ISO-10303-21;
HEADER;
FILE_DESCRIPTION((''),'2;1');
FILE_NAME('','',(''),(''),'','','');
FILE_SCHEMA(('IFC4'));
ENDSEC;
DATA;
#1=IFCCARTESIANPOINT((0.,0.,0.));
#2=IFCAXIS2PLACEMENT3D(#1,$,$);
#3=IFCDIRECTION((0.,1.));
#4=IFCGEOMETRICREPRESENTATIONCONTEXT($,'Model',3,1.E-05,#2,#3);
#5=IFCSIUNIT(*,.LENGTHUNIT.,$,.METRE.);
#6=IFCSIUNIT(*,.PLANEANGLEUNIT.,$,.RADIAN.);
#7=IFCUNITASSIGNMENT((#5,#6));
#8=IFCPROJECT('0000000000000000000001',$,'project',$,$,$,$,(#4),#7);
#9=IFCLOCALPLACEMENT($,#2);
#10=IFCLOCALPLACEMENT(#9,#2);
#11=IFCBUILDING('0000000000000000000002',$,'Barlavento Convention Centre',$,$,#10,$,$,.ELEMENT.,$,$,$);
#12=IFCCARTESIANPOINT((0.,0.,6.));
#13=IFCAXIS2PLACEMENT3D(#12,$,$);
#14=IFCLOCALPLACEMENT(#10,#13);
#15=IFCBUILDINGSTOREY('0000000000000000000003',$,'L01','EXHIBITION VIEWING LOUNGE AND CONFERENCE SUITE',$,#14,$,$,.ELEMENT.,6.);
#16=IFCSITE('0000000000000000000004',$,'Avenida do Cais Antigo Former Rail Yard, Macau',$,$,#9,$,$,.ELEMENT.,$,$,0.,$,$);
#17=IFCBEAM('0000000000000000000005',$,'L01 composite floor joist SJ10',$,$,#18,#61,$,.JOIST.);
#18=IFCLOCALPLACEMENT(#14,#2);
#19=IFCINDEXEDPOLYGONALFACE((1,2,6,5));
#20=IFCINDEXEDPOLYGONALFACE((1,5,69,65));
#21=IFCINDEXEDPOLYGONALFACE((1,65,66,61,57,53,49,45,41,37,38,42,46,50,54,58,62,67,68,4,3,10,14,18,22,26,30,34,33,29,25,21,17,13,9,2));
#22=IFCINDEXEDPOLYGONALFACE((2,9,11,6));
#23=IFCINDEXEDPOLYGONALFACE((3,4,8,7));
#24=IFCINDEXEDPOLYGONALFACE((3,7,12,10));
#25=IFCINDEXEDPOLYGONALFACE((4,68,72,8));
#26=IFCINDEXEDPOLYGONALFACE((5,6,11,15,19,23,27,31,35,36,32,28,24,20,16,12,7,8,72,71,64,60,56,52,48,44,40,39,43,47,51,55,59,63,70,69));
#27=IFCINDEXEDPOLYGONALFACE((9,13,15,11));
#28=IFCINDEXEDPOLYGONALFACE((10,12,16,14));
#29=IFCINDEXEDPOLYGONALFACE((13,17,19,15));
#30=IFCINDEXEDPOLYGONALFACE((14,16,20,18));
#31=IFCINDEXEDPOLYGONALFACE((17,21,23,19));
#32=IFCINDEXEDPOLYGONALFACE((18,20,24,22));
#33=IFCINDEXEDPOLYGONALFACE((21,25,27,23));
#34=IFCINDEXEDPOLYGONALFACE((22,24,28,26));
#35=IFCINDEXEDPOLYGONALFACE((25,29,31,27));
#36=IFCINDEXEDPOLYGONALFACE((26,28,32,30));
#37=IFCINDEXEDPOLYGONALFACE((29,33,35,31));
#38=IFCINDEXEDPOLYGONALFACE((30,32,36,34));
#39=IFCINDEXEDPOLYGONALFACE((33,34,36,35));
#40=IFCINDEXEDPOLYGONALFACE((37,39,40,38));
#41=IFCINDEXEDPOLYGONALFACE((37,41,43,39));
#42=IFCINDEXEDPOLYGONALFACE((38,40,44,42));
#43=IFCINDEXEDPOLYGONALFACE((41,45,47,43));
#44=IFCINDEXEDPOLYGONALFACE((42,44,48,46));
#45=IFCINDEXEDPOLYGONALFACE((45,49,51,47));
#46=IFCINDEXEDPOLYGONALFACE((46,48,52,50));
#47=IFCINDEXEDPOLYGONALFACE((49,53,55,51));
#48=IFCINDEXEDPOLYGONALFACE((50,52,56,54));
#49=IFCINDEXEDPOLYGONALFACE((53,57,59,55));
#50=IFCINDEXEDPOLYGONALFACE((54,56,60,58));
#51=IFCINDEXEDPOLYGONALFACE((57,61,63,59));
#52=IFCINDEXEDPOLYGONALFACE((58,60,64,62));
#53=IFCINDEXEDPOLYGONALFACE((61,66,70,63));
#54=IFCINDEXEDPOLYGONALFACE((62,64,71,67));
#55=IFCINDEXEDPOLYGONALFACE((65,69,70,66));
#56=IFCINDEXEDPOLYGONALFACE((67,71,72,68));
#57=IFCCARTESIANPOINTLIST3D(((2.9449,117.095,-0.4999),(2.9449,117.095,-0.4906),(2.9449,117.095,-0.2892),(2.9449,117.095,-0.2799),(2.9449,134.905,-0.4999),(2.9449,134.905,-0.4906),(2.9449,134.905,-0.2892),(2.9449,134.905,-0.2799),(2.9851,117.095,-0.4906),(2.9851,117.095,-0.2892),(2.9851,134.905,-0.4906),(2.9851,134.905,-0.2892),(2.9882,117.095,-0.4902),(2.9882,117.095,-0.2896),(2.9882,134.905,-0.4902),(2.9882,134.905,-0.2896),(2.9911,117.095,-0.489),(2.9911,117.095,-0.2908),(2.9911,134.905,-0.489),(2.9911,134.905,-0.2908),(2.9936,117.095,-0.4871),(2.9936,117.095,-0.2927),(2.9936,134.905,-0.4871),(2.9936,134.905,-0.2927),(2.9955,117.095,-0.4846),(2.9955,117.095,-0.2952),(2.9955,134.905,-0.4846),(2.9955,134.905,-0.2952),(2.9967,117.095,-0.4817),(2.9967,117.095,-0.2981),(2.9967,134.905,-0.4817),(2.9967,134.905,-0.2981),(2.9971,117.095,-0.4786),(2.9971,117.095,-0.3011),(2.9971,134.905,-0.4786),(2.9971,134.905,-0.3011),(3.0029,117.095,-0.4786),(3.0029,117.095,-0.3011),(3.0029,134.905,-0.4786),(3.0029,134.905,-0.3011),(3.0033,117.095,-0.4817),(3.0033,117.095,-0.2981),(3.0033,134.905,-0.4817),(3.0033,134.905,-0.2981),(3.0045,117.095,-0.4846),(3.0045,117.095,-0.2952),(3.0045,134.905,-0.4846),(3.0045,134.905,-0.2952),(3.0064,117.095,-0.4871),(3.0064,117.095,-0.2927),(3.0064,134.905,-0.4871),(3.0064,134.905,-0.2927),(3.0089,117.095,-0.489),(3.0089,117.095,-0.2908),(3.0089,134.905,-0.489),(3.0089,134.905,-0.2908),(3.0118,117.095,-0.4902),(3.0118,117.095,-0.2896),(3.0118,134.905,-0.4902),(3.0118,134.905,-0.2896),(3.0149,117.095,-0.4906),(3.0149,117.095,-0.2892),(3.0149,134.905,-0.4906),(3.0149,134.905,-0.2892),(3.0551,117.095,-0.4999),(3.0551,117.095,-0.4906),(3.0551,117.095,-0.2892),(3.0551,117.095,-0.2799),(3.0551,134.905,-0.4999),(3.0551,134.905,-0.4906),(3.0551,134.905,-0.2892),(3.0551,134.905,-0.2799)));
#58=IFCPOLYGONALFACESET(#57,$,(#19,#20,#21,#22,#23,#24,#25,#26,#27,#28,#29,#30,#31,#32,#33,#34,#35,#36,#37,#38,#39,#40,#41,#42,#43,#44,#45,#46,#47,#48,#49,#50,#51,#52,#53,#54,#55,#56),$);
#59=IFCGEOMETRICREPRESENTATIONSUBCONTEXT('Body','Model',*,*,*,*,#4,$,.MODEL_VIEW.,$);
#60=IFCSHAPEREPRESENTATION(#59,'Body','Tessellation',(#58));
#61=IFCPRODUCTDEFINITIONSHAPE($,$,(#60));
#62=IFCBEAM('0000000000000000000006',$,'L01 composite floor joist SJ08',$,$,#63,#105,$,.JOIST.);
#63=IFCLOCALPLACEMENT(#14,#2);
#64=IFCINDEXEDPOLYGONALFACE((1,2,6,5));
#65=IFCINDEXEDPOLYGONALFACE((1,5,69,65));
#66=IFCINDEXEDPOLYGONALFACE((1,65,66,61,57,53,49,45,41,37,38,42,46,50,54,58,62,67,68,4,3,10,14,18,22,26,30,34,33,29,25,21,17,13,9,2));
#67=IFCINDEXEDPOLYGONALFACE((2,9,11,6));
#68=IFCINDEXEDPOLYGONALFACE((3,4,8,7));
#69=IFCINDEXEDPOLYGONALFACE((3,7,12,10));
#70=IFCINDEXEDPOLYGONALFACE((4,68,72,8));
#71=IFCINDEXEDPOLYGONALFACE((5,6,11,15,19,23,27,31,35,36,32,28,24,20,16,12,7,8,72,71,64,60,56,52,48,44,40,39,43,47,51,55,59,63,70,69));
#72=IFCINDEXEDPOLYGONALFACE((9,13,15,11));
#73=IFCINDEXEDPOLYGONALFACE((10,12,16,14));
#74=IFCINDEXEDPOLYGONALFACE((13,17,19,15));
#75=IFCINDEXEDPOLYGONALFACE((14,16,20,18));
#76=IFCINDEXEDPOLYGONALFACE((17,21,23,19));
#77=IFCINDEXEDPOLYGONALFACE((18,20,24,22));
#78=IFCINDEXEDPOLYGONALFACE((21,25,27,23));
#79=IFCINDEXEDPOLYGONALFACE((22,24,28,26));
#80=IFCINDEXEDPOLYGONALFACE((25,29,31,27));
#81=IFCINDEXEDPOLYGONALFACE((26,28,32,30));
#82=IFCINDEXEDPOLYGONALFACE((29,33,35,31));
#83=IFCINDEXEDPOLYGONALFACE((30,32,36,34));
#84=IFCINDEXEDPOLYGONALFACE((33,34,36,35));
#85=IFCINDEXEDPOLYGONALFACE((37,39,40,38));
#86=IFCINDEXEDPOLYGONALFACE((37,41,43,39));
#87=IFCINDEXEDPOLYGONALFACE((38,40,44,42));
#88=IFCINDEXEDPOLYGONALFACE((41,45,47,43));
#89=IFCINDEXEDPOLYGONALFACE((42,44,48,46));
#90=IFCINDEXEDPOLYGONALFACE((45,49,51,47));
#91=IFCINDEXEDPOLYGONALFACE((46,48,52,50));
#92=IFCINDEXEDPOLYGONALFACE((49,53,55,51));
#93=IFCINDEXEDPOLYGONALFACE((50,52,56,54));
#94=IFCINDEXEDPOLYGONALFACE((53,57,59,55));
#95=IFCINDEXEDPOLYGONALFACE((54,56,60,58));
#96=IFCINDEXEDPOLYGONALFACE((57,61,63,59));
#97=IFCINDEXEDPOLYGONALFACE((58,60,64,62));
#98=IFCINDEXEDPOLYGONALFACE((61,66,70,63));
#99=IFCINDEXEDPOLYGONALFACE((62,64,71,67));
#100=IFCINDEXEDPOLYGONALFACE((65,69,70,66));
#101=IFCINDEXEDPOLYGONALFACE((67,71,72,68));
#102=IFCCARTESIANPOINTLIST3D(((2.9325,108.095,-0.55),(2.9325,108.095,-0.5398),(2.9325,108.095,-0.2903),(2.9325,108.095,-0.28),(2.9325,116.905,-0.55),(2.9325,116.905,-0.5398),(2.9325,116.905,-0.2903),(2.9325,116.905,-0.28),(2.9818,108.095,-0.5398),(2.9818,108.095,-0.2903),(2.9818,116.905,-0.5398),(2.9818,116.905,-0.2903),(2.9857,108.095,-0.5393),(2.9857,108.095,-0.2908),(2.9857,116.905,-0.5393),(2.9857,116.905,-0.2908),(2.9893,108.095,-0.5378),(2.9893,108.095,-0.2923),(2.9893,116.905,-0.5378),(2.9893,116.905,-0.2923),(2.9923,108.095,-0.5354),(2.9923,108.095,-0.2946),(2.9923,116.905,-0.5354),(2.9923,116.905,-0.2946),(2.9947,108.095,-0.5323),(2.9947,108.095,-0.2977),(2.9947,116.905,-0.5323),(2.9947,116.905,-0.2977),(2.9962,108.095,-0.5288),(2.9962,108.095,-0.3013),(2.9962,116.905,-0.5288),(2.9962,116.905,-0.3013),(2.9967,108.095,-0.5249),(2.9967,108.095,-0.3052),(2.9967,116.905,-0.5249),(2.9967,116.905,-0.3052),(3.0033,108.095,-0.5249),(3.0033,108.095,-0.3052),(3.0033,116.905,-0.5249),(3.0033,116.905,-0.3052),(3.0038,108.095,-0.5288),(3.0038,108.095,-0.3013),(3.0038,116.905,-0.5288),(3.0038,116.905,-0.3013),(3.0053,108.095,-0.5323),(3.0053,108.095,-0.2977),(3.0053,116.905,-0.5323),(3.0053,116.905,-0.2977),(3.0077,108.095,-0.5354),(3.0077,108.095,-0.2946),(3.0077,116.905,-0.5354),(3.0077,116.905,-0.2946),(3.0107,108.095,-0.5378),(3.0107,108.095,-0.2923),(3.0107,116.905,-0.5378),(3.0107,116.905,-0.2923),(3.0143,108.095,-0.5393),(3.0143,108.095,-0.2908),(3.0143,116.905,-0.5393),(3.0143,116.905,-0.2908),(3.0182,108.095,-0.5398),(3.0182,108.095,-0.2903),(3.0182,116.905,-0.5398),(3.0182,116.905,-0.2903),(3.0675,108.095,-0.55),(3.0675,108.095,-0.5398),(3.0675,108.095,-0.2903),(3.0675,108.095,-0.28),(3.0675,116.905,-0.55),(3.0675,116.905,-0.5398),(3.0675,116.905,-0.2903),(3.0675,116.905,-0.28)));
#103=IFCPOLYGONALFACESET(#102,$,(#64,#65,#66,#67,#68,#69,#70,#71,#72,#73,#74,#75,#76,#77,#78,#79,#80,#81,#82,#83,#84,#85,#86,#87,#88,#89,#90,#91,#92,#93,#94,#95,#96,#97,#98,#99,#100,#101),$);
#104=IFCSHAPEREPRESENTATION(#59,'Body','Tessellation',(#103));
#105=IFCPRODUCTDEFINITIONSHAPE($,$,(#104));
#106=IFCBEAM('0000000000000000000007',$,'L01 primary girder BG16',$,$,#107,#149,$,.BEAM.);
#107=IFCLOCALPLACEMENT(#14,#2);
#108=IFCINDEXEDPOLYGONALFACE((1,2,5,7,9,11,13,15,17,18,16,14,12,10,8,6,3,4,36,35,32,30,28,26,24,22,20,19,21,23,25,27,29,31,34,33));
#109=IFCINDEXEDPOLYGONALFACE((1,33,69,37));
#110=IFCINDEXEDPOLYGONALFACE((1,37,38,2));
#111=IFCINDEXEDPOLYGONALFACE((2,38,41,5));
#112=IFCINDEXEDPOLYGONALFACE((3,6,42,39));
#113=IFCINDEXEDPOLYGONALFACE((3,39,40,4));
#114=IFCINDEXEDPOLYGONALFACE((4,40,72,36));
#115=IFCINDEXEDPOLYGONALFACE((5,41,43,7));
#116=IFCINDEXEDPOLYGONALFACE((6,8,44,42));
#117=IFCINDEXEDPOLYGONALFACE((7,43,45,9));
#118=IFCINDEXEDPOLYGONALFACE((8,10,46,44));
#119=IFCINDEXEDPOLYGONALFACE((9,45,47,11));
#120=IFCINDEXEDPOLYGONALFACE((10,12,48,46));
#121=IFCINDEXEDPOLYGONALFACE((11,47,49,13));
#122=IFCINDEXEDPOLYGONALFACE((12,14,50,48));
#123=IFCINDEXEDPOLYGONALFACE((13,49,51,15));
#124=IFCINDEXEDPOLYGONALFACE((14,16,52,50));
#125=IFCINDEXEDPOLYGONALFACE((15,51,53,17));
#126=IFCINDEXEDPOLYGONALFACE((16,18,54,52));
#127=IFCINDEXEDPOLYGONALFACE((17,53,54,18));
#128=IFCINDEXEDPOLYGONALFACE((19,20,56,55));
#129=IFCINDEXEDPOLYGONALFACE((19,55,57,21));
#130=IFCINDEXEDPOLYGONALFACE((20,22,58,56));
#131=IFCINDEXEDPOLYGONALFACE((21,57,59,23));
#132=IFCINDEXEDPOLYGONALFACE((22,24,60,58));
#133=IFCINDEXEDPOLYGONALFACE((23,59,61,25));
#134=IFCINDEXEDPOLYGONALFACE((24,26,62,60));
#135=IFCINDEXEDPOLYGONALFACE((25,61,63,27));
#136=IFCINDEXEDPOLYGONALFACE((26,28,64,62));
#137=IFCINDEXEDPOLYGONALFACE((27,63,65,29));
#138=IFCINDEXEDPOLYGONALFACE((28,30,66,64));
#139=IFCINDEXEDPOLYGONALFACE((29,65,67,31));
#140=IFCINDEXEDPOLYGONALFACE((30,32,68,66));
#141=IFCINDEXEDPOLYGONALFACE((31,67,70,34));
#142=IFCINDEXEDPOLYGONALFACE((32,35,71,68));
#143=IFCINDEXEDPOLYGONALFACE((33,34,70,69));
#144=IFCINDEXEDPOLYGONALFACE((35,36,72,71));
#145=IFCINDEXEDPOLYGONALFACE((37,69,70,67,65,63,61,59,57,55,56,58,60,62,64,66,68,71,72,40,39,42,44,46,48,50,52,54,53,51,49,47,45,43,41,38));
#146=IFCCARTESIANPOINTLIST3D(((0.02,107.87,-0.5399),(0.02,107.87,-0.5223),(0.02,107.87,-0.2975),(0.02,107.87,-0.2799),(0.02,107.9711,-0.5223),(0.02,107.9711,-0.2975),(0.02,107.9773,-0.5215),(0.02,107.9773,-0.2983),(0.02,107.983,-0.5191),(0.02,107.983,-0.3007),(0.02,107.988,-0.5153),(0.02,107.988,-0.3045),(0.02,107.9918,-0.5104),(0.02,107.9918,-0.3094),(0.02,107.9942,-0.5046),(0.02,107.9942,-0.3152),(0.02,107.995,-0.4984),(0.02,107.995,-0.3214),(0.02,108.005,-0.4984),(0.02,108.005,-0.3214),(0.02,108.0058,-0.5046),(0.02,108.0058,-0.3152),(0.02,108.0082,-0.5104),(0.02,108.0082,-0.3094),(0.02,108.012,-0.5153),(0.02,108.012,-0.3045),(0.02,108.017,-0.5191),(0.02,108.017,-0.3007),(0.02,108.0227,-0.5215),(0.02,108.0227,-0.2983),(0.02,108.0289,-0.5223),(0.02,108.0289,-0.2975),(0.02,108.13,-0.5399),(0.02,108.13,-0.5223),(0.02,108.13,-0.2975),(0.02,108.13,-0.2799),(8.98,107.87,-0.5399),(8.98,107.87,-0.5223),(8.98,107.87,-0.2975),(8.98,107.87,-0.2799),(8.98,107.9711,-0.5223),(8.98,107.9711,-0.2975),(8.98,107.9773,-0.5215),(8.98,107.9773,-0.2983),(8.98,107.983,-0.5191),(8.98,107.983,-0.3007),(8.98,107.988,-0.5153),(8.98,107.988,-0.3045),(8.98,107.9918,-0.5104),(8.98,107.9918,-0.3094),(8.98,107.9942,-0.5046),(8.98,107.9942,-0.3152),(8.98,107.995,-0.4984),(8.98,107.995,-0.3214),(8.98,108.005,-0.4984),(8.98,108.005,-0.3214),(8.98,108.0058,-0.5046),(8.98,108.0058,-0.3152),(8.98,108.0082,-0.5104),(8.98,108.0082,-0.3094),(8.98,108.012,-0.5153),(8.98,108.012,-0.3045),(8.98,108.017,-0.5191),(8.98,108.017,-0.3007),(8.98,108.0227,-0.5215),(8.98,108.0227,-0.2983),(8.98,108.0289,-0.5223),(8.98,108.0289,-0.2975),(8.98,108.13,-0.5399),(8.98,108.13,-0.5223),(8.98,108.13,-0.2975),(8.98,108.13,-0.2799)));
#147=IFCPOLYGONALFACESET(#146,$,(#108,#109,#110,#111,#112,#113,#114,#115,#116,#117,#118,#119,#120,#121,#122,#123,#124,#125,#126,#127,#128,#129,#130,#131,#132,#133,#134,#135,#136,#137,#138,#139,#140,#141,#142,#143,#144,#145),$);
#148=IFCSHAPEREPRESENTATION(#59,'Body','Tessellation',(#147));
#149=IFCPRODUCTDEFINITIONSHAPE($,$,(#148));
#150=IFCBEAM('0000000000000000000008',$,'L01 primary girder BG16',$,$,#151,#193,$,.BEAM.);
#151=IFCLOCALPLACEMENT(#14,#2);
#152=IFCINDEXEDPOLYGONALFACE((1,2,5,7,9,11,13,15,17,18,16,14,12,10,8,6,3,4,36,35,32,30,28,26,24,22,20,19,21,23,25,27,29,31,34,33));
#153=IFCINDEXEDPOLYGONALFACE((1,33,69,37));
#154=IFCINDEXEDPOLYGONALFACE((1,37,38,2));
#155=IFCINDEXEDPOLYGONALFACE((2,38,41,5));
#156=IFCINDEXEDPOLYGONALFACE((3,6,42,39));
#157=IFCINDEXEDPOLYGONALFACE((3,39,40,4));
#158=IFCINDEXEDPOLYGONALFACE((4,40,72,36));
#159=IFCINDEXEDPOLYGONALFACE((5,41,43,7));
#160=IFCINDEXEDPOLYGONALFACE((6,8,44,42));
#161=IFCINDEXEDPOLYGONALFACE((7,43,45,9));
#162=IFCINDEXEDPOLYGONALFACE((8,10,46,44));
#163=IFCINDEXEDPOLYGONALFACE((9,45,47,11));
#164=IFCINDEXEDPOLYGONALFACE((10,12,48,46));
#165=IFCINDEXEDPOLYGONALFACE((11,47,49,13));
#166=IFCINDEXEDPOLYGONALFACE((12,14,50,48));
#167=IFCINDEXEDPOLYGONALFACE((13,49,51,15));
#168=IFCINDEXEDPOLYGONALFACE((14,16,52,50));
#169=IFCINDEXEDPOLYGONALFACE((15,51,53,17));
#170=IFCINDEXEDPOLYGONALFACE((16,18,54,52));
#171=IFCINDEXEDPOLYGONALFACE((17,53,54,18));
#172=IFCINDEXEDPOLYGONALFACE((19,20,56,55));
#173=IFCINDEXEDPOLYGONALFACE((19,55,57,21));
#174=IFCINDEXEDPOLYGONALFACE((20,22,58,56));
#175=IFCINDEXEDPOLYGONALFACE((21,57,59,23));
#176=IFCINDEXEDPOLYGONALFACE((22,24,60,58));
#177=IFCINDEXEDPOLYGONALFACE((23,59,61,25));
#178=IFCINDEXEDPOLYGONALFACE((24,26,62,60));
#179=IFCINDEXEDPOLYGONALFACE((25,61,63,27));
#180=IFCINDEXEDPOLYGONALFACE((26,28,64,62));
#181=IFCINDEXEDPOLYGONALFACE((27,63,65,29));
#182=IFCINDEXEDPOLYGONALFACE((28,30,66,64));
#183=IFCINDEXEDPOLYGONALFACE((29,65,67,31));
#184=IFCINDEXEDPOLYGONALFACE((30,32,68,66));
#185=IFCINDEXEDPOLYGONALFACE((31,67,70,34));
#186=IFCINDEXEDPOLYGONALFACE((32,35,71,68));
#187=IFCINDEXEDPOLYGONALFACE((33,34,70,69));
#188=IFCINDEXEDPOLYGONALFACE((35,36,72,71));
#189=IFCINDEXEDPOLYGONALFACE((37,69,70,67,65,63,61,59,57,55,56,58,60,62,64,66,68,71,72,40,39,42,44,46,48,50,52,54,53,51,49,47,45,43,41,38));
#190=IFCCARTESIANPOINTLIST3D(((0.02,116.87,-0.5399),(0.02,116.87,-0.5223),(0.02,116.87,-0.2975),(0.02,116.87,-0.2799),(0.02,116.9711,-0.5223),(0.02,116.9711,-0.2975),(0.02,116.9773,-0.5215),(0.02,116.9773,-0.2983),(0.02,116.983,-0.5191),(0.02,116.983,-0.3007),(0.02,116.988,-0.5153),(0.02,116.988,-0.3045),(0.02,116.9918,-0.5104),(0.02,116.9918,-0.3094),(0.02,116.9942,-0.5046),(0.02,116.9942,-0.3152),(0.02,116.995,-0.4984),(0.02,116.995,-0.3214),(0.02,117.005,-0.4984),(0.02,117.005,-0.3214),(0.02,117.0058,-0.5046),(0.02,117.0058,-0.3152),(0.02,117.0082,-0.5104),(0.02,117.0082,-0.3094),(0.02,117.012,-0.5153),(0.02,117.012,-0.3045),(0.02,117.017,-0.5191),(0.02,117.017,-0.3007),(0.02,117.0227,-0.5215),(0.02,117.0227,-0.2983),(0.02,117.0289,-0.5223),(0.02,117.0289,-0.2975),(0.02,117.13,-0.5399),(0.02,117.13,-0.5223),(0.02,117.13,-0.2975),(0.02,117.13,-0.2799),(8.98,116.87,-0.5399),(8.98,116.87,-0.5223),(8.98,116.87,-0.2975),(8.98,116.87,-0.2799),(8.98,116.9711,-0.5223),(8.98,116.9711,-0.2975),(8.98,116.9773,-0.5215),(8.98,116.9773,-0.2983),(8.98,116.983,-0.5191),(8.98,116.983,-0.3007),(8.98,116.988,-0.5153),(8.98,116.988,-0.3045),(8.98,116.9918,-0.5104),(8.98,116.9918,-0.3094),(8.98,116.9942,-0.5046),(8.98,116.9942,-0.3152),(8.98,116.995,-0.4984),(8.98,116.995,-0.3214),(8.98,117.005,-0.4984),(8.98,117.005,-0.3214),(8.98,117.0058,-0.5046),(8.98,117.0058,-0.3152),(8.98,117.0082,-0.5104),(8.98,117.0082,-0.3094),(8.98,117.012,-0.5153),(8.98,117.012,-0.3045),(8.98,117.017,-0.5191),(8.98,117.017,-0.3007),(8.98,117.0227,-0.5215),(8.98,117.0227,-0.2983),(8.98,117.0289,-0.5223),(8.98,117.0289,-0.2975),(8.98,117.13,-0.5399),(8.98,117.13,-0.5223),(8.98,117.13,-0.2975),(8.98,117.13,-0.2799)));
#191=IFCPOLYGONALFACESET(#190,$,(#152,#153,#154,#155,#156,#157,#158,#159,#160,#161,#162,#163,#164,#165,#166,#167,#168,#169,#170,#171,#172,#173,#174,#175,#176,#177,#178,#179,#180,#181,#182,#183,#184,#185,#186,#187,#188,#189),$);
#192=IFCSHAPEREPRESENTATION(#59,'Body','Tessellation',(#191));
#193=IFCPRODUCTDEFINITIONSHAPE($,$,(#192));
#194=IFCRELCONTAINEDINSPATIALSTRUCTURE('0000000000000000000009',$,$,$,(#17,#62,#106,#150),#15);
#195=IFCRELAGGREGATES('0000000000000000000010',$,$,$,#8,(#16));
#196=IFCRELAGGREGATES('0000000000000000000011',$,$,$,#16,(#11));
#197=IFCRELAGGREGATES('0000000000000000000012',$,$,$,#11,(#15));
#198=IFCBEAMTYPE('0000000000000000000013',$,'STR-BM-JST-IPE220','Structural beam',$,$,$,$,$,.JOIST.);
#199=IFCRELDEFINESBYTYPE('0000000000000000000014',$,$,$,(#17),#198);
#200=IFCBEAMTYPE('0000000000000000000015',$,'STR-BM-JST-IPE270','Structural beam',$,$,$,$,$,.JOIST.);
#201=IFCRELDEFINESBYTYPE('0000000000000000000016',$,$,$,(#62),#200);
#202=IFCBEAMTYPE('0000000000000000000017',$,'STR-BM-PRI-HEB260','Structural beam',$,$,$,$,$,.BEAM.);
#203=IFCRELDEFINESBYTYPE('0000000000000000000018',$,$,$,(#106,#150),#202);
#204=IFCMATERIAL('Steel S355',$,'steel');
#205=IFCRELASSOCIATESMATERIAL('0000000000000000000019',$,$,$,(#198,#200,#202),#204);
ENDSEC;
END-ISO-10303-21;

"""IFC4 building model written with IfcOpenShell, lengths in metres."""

from ifc_helpers import new_model, si_unit, direction, frame, origin, origin_2d, place, context, subcontext, project, spatial, i_section, extrude, material, material_profile, profile_set, type_object, element, save


model = new_model("IFC4")

# Units and contexts
model_context = context("Model", 3, precision=1e-05, world=origin(), true_north=direction((0.0, 1.0)))
body_context = subcontext(model_context, "Body", "Model", "MODEL_VIEW")
ifc_project = project(units=[si_unit("LENGTHUNIT", "METRE"), si_unit("PLANEANGLEUNIT", "RADIAN")], contexts=[model_context])

# Site, building, storey
site_placement = place(None, origin())
site = spatial("IfcSite", under=ifc_project, at=site_placement, Name="Avenida do Cais Antigo Former Rail Yard, Macau", CompositionType="ELEMENT", RefElevation=0.0)
building_placement = place(site_placement, origin())
building = spatial("IfcBuilding", under=site, at=building_placement, Name="Barlavento Convention Centre", CompositionType="ELEMENT")
storey_placement = place(building_placement, frame((0.0, 0.0, 6.0)))
storey = spatial("IfcBuildingStorey", under=building, at=storey_placement, Name="L01", Description="EXHIBITION VIEWING LOUNGE AND CONFERENCE SUITE", CompositionType="ELEMENT", Elevation=6.0)

# Beams
ifc_material_1 = material(Name="Steel S355", Category="steel")
ifc_material_profile_1 = material_profile(ifc_material_1, i_section(OverallWidth=0.1101, OverallDepth=0.22, WebThickness=0.0059, FlangeThickness=0.0093, FilletRadius=0.012, at=origin_2d()), Name="IPE 220")
ifc_profile_set_1 = profile_set([ifc_material_profile_1], Name="Steel S355")
beam_type_1 = type_object("IfcBeamType", Name="STR-BM-JST-IPE220", Description="Structural beam", PredefinedType="JOIST", material=ifc_profile_set_1)
beam_1_placement = place(storey_placement, frame((3.0, 117.095, -0.3899), z_axis=(0.0, 1.0, 0.0), x_axis=(-1.0, 0.0, 0.0)))
element("IfcBeam", 1, at=beam_1_placement, inside=storey, type_object=beam_type_1, Name="L01 composite floor joist SJ10", PredefinedType="JOIST", context=body_context, shape_type="SweptSolid", body=[
    extrude(i_section(OverallWidth=0.1101, OverallDepth=0.22, WebThickness=0.0059, FlangeThickness=0.0093, FilletRadius=0.012, at=origin_2d()), origin(), (0.0, 0.0, 1.0), 17.8101),
])
ifc_material_profile_2 = material_profile(ifc_material_1, i_section(OverallWidth=0.135, OverallDepth=0.27, WebThickness=0.0066, FlangeThickness=0.0103, FilletRadius=0.0149, at=origin_2d()), Name="IPE 270")
ifc_profile_set_2 = profile_set([ifc_material_profile_2], Name="Steel S355")
beam_type_2 = type_object("IfcBeamType", Name="STR-BM-JST-IPE270", Description="Structural beam", PredefinedType="JOIST", material=ifc_profile_set_2)
beam_2_placement = place(storey_placement, frame((3.0, 108.095, -0.415), z_axis=(0.0, 1.0, 0.0), x_axis=(-1.0, 0.0, 0.0)))
element("IfcBeam", 2, at=beam_2_placement, inside=storey, type_object=beam_type_2, Name="L01 composite floor joist SJ08", PredefinedType="JOIST", context=body_context, shape_type="SweptSolid", body=[
    extrude(i_section(OverallWidth=0.135, OverallDepth=0.27, WebThickness=0.0066, FlangeThickness=0.0103, FilletRadius=0.0149, at=origin_2d()), origin(), (0.0, 0.0, 1.0), 8.8101),
])
ifc_material_profile_3 = material_profile(ifc_material_1, i_section(OverallWidth=0.26, OverallDepth=0.26, WebThickness=0.01, FlangeThickness=0.0176, FilletRadius=0.0239, at=origin_2d()), Name="HEB 260")
ifc_profile_set_3 = profile_set([ifc_material_profile_3], Name="Steel S355")
beam_type_3 = type_object("IfcBeamType", Name="STR-BM-PRI-HEB260", Description="Structural beam", PredefinedType="BEAM", material=ifc_profile_set_3)
for number, where, z_axis, x_axis, name in (
    (3, (0.02, 108.0, -0.4099), (1.0, 0.0, 0.0), (0.0, 1.0, 0.0), "L01 primary girder BG16"),
    (4, (0.02, 117.0, -0.4099), (1.0, 0.0, 0.0), (0.0, 1.0, 0.0), "L01 primary girder BG16"),
):
    element("IfcBeam", number, at=place(storey_placement, frame(where, z_axis=z_axis, x_axis=x_axis)), inside=storey, type_object=beam_type_3, Name=name, PredefinedType="BEAM", context=body_context, shape_type="SweptSolid", body=[
        extrude(i_section(OverallWidth=0.26, OverallDepth=0.26, WebThickness=0.01, FlangeThickness=0.0176, FilletRadius=0.0239, at=origin_2d()), origin(), (0.0, 0.0, 1.0), 8.96),
    ])

save(model, "model.ifc")
